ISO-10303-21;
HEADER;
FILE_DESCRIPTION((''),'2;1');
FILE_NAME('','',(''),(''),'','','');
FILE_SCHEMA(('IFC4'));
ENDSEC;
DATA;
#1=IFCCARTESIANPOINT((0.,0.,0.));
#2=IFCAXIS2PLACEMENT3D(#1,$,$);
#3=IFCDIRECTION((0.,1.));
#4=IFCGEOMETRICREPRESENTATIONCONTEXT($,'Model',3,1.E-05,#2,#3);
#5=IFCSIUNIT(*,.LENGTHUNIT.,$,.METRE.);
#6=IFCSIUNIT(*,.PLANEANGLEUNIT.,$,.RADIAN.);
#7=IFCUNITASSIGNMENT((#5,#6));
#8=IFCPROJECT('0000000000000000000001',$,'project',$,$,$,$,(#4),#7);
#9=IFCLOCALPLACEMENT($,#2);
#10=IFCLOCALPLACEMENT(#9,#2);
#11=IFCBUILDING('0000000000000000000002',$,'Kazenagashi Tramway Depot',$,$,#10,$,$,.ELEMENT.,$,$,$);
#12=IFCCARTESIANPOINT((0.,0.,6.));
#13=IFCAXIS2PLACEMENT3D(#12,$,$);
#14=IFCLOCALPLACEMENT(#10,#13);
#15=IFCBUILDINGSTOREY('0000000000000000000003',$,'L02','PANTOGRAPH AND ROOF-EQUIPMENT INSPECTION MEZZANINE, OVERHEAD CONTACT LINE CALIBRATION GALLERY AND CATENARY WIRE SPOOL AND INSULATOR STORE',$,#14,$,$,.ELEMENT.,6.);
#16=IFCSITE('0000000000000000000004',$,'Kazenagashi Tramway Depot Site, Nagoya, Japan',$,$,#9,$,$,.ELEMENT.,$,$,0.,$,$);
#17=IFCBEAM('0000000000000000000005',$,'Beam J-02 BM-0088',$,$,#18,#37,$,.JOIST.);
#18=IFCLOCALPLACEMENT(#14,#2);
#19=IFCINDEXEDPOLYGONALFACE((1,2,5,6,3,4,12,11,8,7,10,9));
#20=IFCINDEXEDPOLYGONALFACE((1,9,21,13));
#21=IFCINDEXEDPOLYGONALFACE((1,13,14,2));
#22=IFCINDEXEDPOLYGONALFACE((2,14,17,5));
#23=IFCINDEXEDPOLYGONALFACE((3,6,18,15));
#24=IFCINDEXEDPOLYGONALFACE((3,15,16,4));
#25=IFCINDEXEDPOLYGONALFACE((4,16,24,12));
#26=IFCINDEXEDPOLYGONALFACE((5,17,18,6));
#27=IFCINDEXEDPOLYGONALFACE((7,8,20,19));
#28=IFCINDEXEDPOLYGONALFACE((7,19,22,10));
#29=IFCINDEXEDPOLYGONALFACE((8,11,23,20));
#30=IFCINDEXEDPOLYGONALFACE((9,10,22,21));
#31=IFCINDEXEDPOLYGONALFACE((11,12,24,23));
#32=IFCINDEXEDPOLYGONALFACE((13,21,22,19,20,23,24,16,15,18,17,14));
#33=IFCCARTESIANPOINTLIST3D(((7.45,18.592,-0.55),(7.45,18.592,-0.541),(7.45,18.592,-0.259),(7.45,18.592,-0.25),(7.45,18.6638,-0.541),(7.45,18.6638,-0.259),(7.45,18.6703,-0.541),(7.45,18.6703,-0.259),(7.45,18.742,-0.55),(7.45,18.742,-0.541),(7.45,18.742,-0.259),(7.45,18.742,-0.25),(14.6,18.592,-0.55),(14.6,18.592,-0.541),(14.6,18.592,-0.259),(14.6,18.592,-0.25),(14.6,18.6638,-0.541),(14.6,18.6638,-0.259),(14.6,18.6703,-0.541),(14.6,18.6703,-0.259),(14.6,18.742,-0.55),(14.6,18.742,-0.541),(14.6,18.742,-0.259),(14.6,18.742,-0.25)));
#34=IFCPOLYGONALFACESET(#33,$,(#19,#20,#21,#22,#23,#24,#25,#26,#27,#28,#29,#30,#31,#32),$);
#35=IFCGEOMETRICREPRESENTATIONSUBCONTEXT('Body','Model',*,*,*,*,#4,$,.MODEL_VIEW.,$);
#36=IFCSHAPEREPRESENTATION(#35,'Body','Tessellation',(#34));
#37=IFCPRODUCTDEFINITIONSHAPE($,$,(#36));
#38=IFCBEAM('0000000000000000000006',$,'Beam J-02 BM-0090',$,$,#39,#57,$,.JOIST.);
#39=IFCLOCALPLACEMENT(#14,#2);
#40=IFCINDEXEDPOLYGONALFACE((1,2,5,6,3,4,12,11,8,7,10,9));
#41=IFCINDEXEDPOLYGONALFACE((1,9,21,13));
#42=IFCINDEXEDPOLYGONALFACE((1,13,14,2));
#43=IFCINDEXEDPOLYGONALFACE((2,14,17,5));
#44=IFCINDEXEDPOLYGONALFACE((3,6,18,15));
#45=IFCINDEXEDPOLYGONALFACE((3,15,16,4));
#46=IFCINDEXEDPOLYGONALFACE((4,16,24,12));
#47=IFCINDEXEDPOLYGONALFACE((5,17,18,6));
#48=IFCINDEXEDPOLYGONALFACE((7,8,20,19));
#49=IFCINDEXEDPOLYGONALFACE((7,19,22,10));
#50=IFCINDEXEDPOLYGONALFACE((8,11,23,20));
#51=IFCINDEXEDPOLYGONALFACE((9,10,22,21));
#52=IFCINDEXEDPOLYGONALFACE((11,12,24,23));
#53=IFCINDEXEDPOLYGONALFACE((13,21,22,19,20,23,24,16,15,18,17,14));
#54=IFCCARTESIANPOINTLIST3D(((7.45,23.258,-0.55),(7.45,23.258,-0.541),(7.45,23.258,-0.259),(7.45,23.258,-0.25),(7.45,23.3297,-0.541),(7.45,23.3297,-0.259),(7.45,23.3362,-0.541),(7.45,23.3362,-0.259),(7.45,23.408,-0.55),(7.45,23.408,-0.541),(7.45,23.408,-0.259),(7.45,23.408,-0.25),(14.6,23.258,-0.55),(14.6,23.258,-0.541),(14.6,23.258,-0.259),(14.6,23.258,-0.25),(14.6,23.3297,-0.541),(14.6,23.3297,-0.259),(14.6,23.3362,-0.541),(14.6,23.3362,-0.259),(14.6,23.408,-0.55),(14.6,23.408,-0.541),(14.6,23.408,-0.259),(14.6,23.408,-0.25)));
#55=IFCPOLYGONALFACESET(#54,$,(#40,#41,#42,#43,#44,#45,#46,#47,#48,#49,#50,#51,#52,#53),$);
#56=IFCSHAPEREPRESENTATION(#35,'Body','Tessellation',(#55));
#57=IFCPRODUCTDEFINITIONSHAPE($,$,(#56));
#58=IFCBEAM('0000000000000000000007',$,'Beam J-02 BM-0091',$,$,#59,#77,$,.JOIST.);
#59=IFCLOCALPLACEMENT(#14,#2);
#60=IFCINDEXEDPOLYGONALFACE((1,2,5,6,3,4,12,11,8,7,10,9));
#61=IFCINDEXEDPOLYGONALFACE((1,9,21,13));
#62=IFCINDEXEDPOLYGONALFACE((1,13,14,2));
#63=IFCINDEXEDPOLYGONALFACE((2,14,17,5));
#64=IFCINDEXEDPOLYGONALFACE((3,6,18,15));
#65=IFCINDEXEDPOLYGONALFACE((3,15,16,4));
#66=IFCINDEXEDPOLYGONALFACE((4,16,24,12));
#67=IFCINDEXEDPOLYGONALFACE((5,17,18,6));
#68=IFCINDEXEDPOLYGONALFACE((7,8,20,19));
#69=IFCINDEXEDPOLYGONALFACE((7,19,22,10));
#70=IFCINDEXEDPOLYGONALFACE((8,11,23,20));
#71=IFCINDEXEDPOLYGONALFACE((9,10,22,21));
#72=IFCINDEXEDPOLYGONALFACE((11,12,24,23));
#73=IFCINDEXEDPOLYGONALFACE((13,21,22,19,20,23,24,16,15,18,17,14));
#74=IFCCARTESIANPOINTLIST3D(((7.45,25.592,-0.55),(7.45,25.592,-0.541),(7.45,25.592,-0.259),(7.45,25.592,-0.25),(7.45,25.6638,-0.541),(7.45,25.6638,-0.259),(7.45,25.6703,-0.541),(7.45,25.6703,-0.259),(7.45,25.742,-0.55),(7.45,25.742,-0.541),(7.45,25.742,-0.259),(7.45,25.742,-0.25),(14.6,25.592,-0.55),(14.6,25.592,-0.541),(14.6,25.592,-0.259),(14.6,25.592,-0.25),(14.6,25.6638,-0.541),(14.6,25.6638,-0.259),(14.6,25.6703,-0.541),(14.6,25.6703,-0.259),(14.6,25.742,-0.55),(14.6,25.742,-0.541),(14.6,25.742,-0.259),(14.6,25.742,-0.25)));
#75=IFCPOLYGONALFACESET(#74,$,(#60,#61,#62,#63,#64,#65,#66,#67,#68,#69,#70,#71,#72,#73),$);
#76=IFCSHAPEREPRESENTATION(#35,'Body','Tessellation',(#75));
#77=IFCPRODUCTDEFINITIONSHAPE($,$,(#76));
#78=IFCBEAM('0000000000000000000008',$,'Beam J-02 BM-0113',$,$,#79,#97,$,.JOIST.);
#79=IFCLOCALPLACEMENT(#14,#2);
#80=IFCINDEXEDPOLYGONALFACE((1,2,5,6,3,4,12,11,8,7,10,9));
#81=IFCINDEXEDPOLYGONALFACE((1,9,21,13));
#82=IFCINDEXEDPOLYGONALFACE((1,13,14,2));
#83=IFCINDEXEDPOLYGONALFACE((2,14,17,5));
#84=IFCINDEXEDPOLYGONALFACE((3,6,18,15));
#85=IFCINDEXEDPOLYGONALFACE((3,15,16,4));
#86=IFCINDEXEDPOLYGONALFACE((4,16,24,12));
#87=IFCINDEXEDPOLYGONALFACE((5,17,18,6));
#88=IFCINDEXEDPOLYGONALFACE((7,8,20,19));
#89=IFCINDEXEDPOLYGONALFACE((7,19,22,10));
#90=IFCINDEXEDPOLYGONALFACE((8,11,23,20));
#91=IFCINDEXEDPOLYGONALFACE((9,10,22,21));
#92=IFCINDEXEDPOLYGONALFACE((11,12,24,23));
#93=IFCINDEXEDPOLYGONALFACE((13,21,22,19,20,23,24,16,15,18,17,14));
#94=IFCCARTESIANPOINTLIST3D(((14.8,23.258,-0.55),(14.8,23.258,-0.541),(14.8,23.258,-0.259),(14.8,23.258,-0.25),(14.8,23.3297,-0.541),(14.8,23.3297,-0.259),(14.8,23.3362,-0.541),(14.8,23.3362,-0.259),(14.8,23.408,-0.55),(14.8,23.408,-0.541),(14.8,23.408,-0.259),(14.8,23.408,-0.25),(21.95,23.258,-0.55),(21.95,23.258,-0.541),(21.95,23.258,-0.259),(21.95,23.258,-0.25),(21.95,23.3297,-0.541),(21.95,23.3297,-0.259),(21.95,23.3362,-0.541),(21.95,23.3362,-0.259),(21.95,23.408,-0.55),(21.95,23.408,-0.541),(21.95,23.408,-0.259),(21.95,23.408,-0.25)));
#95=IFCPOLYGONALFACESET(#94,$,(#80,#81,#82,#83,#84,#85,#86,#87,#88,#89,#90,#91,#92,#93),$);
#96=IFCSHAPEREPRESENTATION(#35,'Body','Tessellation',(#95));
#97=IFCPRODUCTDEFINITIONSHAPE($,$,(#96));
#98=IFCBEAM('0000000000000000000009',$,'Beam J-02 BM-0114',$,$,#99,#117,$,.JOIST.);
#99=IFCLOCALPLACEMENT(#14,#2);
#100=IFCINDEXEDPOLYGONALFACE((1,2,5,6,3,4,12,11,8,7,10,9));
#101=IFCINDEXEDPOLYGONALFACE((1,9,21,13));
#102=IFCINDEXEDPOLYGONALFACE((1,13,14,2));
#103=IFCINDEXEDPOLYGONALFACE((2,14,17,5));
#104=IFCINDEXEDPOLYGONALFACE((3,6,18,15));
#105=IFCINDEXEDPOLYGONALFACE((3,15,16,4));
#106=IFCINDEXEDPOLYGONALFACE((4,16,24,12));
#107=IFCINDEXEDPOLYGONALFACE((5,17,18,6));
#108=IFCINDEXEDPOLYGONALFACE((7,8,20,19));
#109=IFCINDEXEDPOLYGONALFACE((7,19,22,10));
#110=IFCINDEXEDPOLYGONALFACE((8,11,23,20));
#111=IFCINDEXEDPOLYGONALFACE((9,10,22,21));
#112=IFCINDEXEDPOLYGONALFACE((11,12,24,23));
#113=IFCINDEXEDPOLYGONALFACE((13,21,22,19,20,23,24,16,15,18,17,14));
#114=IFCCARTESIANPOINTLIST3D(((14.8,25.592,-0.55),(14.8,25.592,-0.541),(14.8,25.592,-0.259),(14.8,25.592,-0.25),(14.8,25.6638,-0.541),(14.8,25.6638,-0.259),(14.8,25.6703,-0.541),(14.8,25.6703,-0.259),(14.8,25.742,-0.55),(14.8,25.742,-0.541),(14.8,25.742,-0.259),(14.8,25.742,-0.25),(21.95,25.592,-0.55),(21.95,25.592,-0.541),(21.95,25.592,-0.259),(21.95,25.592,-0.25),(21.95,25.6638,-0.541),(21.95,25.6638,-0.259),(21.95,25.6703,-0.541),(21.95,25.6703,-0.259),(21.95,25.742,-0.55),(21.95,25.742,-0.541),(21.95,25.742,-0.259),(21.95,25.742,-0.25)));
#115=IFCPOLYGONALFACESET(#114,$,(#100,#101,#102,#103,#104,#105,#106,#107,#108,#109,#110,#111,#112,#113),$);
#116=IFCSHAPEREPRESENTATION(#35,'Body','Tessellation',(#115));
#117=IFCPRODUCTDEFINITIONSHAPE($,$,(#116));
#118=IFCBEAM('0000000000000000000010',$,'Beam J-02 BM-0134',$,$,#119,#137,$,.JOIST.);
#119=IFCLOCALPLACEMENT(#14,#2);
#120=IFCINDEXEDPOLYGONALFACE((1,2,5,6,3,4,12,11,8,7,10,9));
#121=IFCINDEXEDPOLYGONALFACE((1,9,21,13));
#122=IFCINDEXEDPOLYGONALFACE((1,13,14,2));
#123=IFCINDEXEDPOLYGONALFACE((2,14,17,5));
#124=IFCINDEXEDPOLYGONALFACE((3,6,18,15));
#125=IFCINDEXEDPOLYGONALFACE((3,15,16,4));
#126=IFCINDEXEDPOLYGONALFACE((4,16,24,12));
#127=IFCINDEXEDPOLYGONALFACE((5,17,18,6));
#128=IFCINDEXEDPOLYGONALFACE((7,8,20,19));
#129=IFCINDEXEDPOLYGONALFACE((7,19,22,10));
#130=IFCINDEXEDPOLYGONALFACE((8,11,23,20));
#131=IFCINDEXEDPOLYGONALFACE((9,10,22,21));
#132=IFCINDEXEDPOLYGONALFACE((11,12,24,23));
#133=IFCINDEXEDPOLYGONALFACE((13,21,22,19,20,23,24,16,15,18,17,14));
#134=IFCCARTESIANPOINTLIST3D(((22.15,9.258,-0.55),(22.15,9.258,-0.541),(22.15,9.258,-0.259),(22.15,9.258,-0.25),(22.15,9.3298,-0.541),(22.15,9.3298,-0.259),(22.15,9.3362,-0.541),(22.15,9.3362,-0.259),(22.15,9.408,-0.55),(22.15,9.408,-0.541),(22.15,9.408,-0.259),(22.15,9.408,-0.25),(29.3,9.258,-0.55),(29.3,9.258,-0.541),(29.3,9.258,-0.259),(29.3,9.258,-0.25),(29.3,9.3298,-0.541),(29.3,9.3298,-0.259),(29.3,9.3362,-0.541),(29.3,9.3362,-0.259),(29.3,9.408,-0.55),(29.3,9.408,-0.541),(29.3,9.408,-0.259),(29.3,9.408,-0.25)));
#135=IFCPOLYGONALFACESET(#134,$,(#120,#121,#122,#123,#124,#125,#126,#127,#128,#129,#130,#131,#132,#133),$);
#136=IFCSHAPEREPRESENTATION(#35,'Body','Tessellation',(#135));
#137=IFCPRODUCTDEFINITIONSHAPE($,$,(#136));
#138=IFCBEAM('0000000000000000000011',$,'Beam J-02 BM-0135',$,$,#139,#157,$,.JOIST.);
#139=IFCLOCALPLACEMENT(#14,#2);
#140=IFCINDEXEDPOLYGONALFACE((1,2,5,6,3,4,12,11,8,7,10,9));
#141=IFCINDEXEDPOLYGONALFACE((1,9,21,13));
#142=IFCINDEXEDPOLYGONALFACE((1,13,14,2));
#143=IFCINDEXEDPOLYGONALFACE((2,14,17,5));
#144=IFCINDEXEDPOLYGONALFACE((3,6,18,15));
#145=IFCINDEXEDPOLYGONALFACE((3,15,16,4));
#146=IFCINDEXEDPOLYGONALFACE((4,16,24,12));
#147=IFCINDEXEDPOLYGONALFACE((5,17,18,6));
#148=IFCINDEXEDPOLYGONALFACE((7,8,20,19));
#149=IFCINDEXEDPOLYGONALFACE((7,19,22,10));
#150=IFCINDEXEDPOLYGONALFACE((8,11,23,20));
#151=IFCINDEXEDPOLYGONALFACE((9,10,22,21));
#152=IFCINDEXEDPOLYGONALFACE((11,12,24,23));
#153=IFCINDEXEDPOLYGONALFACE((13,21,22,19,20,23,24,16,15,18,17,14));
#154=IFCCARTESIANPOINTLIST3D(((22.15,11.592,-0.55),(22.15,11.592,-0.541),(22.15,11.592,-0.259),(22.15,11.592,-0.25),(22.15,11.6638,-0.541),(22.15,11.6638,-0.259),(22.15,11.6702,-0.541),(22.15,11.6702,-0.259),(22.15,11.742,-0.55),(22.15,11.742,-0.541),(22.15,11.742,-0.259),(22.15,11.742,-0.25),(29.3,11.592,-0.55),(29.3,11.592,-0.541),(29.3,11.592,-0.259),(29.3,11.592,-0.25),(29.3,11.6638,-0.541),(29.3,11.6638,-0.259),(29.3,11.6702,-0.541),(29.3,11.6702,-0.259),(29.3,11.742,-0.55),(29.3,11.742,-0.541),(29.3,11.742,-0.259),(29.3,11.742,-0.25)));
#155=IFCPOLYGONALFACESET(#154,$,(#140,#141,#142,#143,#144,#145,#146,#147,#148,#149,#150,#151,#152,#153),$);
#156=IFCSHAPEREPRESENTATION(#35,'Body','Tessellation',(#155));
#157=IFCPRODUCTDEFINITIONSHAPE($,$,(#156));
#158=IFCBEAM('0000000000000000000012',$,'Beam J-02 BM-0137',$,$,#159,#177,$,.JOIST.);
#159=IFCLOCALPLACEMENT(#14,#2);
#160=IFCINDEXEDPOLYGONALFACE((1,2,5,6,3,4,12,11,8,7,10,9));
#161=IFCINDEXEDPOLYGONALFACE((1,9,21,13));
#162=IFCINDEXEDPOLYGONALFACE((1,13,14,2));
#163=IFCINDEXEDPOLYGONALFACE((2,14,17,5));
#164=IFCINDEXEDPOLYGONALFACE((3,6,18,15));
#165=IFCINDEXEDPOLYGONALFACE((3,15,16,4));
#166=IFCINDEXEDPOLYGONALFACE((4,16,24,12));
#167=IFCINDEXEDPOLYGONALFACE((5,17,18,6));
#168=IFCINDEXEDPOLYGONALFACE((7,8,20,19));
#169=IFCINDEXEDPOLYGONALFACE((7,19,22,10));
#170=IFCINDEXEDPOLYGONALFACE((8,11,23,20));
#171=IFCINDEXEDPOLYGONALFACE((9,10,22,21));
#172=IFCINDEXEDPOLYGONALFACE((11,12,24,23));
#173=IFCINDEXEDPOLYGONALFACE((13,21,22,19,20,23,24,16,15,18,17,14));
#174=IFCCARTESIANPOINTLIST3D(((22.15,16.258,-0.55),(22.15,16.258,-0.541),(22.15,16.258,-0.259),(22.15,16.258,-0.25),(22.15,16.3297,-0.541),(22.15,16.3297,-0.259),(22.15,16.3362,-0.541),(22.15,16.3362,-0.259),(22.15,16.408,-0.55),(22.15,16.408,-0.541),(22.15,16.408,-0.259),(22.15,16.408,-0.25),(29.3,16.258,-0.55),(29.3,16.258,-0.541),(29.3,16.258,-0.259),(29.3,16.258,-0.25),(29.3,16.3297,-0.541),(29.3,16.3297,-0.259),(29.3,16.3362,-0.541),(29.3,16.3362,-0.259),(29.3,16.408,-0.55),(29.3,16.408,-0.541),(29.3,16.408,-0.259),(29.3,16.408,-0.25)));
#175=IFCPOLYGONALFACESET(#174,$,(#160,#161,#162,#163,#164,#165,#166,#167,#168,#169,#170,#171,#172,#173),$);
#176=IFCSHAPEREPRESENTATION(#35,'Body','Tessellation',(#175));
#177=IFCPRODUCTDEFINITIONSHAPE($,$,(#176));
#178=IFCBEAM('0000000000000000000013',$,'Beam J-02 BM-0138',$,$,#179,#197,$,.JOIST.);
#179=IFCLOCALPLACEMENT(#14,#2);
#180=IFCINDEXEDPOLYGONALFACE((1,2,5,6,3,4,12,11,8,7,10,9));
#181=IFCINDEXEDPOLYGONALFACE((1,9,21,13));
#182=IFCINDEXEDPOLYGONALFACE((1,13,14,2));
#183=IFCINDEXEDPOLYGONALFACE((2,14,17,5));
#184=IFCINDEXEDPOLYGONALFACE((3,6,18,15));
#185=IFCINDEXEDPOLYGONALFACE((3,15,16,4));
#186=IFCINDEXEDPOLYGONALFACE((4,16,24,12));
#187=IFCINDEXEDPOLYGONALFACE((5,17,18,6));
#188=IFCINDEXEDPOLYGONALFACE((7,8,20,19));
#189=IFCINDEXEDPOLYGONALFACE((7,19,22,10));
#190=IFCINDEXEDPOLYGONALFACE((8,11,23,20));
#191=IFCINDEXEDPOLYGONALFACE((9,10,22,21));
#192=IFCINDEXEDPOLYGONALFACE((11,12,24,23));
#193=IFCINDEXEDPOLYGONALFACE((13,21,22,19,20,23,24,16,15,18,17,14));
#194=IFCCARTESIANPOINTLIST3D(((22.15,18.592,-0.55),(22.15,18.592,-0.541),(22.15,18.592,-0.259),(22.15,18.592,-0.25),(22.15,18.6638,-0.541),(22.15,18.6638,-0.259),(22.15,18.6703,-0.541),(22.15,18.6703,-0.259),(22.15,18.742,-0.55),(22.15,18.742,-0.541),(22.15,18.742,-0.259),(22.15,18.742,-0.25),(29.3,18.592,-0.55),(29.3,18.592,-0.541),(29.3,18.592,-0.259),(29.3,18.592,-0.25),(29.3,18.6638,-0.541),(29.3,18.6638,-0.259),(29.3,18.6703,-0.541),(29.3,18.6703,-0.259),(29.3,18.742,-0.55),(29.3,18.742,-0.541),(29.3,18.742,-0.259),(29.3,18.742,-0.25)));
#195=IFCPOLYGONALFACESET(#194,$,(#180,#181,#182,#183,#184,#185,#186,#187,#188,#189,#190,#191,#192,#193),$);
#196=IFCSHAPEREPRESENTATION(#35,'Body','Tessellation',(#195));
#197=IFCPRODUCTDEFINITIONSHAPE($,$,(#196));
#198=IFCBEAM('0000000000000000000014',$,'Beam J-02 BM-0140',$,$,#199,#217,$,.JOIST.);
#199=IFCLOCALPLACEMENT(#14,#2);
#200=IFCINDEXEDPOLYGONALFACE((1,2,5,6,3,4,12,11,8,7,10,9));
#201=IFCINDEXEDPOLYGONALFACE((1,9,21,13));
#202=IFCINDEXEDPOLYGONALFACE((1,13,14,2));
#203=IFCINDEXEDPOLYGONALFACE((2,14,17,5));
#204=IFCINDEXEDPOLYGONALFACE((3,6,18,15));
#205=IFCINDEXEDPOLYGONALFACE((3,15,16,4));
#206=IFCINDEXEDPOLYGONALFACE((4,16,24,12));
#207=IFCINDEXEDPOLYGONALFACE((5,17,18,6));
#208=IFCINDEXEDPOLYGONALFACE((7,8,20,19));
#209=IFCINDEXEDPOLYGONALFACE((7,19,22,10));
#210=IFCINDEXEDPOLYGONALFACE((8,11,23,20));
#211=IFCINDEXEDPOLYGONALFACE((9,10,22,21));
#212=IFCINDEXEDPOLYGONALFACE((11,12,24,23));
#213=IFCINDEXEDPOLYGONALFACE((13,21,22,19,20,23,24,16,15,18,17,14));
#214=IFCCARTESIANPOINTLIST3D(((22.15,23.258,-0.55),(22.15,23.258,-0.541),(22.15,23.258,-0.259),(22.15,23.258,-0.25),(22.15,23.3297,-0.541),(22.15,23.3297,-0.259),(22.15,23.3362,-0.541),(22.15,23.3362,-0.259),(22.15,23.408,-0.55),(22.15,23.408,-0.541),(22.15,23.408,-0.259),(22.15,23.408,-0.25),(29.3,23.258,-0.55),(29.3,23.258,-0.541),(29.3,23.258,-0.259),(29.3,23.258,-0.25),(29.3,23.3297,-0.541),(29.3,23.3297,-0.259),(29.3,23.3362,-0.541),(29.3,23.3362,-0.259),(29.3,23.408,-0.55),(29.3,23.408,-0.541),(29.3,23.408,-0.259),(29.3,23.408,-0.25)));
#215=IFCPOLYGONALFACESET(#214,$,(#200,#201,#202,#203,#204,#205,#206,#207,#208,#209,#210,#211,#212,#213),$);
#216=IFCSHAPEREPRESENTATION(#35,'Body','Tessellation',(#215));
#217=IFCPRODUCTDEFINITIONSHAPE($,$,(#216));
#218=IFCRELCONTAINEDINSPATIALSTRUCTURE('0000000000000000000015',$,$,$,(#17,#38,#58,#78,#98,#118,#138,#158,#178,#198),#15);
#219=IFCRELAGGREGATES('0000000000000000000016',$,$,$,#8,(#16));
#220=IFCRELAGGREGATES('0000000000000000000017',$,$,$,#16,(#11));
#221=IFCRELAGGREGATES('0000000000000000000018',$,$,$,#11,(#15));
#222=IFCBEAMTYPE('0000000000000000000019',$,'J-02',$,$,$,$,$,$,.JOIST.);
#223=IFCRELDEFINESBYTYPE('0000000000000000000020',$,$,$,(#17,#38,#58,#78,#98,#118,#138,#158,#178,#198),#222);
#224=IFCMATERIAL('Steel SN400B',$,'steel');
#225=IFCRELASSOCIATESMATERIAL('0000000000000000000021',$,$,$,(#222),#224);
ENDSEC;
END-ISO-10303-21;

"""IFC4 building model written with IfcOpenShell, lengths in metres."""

from ifc_helpers import new_model, si_unit, direction, frame, origin, origin_2d, place, context, subcontext, project, spatial, i_section, extrude, material, material_profile, profile_set, type_object, element, save


model = new_model("IFC4")

# Units and contexts
model_context = context("Model", 3, precision=1e-05, world=origin(), true_north=direction((0.0, 1.0)))
body_context = subcontext(model_context, "Body", "Model", "MODEL_VIEW")
ifc_project = project(units=[si_unit("LENGTHUNIT", "METRE"), si_unit("PLANEANGLEUNIT", "RADIAN")], contexts=[model_context])

# Site, building, storey
site_placement = place(None, origin())
site = spatial("IfcSite", under=ifc_project, at=site_placement, Name="Kazenagashi Tramway Depot Site, Nagoya, Japan", CompositionType="ELEMENT", RefElevation=0.0)
building_placement = place(site_placement, origin())
building = spatial("IfcBuilding", under=site, at=building_placement, Name="Kazenagashi Tramway Depot", CompositionType="ELEMENT")
storey_placement = place(building_placement, frame((0.0, 0.0, 6.0)))
storey = spatial("IfcBuildingStorey", under=building, at=storey_placement, Name="L02", Description="PANTOGRAPH AND ROOF-EQUIPMENT INSPECTION MEZZANINE, OVERHEAD CONTACT LINE CALIBRATION GALLERY AND CATENARY WIRE SPOOL AND INSULATOR STORE", CompositionType="ELEMENT", Elevation=6.0)

# Beams
ifc_material_1 = material(Name="Steel SN400B", Category="steel")
ifc_material_profile_1 = material_profile(ifc_material_1, i_section(OverallWidth=0.15, OverallDepth=0.3, WebThickness=0.0065, FlangeThickness=0.009, at=origin_2d()), Name="H-300x150x6.5x9")
ifc_profile_set_1 = profile_set([ifc_material_profile_1], Name="Steel SN400B")
beam_type_1 = type_object("IfcBeamType", Name="J-02", PredefinedType="JOIST", material=ifc_profile_set_1)
for number, where, z_axis, x_axis, name in (
    (1, (7.45, 18.667, -0.4), (1.0, 0.0, 0.0), (0.0, 1.0, 0.0), "Beam J-02 BM-0088"),
    (2, (7.45, 23.333, -0.4), (1.0, 0.0, 0.0), (0.0, 1.0, 0.0), "Beam J-02 BM-0090"),
    (3, (7.45, 25.667, -0.4), (1.0, 0.0, 0.0), (0.0, 1.0, 0.0), "Beam J-02 BM-0091"),
    (4, (14.8, 23.333, -0.4), (1.0, 0.0, 0.0), (0.0, 1.0, 0.0), "Beam J-02 BM-0113"),
    (5, (14.8, 25.667, -0.4), (1.0, 0.0, 0.0), (0.0, 1.0, 0.0), "Beam J-02 BM-0114"),
    (6, (22.15, 9.333, -0.4), (1.0, 0.0, 0.0), (0.0, 1.0, 0.0), "Beam J-02 BM-0134"),
    (7, (22.15, 11.667, -0.4), (1.0, 0.0, 0.0), (0.0, 1.0, 0.0), "Beam J-02 BM-0135"),
    (8, (22.15, 16.333, -0.4), (1.0, 0.0, 0.0), (0.0, 1.0, 0.0), "Beam J-02 BM-0137"),
    (9, (22.15, 18.667, -0.4), (1.0, 0.0, 0.0), (0.0, 1.0, 0.0), "Beam J-02 BM-0138"),
    (10, (22.15, 23.333, -0.4), (1.0, 0.0, 0.0), (0.0, 1.0, 0.0), "Beam J-02 BM-0140"),
):
    element("IfcBeam", number, at=place(storey_placement, frame(where, z_axis=z_axis, x_axis=x_axis)), inside=storey, type_object=beam_type_1, Name=name, PredefinedType="JOIST", context=body_context, shape_type="SweptSolid", body=[
        extrude(i_section(OverallWidth=0.15, OverallDepth=0.3, WebThickness=0.0065, FlangeThickness=0.009, at=origin_2d()), origin(), (0.0, 0.0, 1.0), 7.15),
    ])

save(model, "model.ifc")
